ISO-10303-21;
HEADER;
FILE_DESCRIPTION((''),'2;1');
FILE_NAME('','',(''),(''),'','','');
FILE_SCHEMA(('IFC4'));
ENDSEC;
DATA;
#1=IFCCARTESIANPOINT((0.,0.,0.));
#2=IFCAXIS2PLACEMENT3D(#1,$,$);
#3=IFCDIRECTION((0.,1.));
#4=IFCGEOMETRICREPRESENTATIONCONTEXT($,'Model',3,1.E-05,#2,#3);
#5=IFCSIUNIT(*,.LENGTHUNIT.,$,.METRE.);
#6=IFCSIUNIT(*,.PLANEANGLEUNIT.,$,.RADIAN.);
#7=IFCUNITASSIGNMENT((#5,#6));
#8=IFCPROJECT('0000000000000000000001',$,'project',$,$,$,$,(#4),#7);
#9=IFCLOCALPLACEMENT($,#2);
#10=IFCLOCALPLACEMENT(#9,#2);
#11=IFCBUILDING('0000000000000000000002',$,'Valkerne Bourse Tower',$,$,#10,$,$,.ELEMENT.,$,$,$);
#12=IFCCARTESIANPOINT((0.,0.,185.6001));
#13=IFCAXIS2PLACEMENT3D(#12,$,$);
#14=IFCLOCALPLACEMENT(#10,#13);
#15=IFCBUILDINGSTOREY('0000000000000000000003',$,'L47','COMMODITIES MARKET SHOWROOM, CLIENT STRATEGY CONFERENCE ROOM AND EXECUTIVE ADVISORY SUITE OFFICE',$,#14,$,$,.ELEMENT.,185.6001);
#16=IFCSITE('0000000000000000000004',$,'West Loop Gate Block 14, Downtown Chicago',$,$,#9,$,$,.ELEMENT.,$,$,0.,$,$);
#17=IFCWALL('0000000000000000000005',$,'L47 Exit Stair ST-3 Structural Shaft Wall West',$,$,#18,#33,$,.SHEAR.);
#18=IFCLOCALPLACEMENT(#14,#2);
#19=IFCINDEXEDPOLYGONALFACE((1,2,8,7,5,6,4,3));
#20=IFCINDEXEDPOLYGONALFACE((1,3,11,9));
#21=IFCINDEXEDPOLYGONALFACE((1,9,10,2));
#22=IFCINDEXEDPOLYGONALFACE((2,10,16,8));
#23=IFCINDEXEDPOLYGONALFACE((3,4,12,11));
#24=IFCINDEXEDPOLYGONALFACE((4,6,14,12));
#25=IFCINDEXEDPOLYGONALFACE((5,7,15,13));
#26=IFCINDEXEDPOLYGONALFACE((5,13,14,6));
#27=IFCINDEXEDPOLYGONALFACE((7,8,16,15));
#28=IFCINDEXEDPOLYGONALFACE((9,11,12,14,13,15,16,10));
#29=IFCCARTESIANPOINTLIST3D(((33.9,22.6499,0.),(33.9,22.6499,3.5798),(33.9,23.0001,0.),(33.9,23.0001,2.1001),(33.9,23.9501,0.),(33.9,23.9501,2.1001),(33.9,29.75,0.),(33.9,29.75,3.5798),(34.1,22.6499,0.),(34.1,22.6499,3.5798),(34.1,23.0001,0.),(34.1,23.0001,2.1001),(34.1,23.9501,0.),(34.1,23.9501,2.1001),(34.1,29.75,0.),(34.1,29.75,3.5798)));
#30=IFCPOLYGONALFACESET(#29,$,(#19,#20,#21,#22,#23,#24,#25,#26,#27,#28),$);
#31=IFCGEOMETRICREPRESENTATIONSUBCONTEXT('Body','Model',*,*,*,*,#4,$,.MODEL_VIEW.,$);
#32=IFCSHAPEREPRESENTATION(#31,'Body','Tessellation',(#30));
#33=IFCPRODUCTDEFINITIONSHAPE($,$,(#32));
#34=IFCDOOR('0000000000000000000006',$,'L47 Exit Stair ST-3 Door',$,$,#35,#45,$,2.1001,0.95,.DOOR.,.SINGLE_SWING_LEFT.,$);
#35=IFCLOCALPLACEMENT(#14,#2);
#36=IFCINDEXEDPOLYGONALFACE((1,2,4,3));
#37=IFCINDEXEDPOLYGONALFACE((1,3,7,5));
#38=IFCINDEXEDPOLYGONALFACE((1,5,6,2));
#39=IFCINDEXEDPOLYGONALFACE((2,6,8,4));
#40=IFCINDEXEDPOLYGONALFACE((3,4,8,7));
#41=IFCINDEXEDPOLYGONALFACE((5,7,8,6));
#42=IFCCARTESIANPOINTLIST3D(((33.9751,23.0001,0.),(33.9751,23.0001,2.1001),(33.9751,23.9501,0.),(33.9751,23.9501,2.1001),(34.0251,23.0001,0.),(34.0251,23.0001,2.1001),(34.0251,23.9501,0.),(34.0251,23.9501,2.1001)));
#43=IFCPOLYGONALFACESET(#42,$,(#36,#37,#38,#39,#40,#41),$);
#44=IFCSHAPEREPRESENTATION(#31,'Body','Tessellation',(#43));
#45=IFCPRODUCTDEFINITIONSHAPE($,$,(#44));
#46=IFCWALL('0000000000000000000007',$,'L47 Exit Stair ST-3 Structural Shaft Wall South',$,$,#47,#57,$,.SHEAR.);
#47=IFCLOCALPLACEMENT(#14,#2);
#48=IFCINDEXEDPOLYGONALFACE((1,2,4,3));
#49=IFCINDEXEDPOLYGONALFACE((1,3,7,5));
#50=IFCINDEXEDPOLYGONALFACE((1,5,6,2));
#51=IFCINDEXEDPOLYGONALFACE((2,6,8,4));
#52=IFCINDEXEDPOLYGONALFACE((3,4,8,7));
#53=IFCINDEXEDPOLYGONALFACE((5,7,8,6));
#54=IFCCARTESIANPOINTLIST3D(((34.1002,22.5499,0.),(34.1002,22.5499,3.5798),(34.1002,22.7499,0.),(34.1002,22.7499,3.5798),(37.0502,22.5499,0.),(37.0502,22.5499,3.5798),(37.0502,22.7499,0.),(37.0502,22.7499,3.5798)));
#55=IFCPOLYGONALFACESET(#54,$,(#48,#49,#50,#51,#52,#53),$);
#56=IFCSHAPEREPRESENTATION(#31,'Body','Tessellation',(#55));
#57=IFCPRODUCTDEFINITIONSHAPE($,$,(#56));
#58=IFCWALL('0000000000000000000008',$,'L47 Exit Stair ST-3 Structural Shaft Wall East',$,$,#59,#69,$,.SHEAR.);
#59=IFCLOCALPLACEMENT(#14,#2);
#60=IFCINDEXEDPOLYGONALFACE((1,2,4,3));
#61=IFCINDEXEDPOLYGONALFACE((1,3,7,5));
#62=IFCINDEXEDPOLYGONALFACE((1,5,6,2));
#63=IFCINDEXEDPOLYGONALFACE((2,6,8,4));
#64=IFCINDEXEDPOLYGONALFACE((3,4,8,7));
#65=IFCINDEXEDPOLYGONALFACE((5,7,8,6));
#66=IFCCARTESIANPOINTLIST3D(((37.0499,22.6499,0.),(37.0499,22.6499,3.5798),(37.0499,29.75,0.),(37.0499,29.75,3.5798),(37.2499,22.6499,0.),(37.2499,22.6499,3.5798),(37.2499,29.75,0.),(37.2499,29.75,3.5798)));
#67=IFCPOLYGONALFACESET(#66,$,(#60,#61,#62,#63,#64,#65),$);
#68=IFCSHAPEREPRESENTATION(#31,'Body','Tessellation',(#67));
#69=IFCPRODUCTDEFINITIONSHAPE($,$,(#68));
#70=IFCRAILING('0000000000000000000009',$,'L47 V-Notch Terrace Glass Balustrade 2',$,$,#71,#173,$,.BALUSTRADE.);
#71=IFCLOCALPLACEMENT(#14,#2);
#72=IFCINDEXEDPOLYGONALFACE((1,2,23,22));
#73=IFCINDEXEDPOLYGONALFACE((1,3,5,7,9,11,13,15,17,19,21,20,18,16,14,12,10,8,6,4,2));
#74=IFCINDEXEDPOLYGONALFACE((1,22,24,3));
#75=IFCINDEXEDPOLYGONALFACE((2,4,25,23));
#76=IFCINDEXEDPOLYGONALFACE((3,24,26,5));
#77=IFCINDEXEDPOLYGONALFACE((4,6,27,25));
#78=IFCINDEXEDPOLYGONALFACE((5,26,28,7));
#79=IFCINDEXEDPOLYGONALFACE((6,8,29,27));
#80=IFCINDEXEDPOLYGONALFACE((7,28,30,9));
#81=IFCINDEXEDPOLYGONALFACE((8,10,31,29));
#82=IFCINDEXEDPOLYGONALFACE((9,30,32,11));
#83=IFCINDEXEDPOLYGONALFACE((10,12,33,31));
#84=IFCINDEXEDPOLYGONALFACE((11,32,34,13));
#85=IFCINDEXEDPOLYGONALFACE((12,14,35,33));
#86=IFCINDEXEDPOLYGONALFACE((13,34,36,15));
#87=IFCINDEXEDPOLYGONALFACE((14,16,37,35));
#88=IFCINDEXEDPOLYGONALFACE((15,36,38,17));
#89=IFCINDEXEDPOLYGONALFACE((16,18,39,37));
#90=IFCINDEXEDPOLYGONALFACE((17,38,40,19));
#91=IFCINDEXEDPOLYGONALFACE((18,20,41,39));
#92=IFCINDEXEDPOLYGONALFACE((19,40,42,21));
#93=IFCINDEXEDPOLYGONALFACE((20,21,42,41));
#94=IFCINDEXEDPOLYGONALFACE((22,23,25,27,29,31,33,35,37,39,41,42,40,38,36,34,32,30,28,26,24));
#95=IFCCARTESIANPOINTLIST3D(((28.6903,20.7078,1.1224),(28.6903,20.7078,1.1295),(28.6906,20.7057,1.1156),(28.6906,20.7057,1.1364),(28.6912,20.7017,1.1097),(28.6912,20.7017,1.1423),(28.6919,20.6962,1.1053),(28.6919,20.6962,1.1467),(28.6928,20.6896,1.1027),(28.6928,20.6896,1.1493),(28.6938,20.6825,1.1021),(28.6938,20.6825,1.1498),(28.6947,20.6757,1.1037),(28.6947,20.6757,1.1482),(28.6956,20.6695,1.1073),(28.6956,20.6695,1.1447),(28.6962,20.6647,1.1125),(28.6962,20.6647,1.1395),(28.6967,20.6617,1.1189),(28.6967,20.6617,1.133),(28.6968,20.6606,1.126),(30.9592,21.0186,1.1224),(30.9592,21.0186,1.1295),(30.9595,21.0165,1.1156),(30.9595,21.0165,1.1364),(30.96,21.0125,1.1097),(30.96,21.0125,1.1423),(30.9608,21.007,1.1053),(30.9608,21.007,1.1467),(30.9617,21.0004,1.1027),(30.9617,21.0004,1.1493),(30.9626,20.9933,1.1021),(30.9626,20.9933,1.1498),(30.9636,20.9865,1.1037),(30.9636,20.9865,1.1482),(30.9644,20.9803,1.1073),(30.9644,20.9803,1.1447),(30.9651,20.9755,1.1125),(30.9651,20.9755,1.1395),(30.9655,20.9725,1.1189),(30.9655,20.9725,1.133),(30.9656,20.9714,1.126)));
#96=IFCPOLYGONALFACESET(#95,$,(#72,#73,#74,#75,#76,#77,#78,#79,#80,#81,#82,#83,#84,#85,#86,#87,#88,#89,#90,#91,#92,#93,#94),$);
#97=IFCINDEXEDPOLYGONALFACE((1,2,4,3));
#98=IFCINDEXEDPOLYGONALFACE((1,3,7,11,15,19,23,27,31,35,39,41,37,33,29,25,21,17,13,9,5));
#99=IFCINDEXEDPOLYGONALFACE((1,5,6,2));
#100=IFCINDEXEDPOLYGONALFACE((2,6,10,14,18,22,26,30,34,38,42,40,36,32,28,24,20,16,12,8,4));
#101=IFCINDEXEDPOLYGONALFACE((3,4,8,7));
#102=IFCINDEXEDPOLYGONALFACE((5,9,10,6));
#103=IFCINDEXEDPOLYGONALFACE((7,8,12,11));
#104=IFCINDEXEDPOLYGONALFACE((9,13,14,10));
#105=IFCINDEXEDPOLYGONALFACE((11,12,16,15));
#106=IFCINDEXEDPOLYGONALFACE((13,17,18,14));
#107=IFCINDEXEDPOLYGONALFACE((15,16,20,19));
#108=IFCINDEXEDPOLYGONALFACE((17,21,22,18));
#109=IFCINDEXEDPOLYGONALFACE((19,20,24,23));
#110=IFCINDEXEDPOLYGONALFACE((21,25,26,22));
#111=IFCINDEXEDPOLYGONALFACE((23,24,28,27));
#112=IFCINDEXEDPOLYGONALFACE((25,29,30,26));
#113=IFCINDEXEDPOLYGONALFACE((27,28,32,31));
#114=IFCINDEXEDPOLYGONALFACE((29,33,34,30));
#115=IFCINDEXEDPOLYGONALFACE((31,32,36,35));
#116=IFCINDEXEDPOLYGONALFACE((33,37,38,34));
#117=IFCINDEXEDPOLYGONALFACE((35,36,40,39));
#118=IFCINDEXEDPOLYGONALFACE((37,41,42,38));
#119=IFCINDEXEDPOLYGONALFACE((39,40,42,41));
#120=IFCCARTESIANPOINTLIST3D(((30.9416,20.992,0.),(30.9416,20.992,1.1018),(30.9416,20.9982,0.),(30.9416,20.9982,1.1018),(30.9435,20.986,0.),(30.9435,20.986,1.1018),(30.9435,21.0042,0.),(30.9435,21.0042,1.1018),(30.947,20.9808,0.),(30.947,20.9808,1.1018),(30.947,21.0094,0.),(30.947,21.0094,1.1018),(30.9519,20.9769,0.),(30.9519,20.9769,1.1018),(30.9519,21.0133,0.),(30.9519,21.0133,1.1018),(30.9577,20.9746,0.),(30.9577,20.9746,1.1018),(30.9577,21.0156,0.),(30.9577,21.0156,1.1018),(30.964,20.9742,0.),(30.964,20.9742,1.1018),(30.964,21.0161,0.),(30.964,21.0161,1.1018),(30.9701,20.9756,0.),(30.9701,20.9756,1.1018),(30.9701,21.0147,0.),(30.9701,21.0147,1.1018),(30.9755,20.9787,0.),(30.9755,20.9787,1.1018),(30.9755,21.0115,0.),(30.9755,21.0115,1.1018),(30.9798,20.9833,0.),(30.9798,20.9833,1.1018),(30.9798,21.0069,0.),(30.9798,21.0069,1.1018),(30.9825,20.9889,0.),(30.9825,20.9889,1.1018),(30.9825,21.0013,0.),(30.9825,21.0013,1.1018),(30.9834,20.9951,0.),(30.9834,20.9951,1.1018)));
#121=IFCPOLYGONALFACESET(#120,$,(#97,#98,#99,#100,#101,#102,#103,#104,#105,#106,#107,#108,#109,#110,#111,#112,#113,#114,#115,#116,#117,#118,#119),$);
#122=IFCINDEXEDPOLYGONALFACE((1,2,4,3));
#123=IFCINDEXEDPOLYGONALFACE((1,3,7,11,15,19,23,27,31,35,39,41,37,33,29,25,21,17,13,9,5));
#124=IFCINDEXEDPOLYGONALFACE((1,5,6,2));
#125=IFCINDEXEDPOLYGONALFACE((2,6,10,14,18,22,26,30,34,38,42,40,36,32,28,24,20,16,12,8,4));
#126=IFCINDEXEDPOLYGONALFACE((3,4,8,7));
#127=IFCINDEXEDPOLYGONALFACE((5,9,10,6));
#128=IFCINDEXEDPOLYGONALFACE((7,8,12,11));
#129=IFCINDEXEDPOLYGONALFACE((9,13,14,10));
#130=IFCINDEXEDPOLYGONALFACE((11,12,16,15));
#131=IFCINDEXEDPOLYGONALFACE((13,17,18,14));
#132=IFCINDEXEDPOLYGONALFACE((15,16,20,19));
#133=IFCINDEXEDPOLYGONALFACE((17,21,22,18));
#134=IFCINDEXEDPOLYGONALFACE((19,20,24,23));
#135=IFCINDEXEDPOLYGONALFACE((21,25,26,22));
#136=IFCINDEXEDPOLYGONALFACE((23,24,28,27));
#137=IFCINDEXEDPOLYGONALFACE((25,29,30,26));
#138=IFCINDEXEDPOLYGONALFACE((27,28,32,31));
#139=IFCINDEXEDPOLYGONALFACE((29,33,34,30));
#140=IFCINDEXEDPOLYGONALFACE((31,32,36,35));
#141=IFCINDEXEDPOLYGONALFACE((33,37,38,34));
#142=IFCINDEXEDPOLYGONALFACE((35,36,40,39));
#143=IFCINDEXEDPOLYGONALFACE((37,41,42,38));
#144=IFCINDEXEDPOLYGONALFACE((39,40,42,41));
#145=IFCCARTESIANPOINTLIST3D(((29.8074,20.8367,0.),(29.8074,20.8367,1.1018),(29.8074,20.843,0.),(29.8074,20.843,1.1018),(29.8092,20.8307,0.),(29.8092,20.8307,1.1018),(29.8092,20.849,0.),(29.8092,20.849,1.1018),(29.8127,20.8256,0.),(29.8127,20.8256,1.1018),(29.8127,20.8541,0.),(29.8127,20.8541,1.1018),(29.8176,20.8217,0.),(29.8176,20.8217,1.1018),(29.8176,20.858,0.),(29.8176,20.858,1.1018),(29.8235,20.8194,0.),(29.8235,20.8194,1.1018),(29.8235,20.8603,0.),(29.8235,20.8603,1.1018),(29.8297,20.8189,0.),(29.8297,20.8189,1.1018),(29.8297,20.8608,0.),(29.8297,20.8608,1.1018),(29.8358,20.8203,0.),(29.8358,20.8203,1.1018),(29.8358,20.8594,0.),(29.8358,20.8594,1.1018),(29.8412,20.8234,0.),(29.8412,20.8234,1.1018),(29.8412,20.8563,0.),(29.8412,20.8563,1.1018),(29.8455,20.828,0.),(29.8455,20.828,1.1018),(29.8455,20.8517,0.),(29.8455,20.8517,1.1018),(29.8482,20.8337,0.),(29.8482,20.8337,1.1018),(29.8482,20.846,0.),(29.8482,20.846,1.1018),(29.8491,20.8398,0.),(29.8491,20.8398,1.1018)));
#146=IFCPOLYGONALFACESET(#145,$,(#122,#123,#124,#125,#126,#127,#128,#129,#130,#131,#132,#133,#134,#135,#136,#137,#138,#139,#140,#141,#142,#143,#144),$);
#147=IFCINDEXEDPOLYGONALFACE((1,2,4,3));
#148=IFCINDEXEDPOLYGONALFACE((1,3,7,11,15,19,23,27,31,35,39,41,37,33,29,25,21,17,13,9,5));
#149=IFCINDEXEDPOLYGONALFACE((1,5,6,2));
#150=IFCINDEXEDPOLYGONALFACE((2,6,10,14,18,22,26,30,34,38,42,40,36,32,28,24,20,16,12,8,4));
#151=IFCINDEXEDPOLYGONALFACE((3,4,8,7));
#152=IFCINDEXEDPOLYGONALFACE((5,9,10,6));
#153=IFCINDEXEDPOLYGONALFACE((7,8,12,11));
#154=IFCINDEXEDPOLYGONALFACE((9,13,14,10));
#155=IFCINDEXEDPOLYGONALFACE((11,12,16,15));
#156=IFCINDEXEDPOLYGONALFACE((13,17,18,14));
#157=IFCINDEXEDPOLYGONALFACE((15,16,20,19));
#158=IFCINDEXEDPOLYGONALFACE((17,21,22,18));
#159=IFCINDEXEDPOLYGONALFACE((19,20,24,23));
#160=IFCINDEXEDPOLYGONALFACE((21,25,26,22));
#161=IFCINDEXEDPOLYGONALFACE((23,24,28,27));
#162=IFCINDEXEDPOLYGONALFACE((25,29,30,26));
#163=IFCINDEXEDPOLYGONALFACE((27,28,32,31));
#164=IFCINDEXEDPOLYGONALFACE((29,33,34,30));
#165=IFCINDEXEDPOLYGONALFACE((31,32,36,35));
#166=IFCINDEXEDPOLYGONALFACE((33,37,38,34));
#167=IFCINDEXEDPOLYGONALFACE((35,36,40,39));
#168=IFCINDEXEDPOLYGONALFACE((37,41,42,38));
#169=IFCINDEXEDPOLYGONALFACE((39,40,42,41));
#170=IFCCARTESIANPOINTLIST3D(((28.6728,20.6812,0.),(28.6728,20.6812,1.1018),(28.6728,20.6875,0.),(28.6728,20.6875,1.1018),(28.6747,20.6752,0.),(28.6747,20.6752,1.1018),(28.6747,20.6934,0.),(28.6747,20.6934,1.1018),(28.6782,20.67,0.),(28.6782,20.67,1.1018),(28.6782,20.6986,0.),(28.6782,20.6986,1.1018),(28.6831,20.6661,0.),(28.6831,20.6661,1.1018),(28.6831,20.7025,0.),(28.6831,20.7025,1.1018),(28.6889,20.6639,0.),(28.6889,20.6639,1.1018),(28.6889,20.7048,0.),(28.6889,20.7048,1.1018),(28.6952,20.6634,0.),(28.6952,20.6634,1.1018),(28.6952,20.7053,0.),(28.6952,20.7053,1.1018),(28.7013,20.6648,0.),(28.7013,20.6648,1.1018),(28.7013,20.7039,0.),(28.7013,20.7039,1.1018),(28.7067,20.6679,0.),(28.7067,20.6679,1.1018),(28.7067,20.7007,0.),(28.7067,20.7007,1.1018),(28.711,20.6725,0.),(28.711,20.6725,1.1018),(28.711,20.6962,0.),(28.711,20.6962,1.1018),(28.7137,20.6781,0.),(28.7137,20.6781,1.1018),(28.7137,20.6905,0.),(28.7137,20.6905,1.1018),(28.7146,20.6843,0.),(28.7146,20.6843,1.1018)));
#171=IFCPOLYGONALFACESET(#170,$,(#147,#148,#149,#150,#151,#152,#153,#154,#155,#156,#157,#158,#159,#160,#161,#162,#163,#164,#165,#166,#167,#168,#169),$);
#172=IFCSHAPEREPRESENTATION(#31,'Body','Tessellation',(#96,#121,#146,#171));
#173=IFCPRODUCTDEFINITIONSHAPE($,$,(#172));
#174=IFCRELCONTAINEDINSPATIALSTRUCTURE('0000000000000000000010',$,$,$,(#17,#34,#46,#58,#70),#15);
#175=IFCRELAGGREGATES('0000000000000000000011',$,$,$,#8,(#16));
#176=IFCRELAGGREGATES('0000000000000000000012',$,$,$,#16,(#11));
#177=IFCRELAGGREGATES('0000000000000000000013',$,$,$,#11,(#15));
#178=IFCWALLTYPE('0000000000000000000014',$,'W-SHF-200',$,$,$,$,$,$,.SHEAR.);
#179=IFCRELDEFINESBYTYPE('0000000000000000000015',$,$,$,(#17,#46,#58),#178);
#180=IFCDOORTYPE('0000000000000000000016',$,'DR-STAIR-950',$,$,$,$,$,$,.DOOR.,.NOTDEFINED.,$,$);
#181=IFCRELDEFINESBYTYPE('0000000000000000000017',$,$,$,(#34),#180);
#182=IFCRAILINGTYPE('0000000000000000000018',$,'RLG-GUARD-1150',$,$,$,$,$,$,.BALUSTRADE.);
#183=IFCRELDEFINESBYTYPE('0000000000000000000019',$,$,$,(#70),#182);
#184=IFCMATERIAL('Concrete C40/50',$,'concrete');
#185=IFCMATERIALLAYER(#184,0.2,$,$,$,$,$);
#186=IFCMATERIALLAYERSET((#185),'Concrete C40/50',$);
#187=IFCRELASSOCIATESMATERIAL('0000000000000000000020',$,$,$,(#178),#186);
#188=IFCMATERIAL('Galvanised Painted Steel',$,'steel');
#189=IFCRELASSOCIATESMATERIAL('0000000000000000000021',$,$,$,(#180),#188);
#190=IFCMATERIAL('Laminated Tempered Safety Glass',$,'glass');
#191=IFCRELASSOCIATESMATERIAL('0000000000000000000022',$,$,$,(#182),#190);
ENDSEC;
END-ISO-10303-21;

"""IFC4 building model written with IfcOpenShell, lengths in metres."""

from ifc_helpers import new_model, si_unit, direction, frame, frame_2d, origin, origin_2d, place, context, subcontext, project, spatial, rectangle, circle, extrude, material, layer, layer_set, type_object, element, fill, save


model = new_model("IFC4")

# Units and contexts
model_context = context("Model", 3, precision=1e-05, world=origin(), true_north=direction((0.0, 1.0)))
body_context = subcontext(model_context, "Body", "Model", "MODEL_VIEW")
ifc_project = project(units=[si_unit("LENGTHUNIT", "METRE"), si_unit("PLANEANGLEUNIT", "RADIAN")], contexts=[model_context])

# Site, building, storey
site_placement = place(None, origin())
site = spatial("IfcSite", under=ifc_project, at=site_placement, Name="West Loop Gate Block 14, Downtown Chicago", CompositionType="ELEMENT", RefElevation=0.0)
building_placement = place(site_placement, origin())
building = spatial("IfcBuilding", under=site, at=building_placement, Name="Valkerne Bourse Tower", CompositionType="ELEMENT")
storey_placement = place(building_placement, frame((0.0, 0.0, 185.6001)))
storey = spatial("IfcBuildingStorey", under=building, at=storey_placement, Name="L47", Description="COMMODITIES MARKET SHOWROOM, CLIENT STRATEGY CONFERENCE ROOM AND EXECUTIVE ADVISORY SUITE OFFICE", CompositionType="ELEMENT", Elevation=185.6001)

# Shared definitions
ifc_material_1 = material(Name="Galvanised Painted Steel", Category="steel")

# Wall, opening, door
ifc_material_2 = material(Name="Concrete C40/50", Category="concrete")
ifc_layer_1 = layer(ifc_material_2, 0.2)
ifc_layer_set_1 = layer_set([ifc_layer_1], Name="Concrete C40/50")
wall_type_1 = type_object("IfcWallType", Name="W-SHF-200", PredefinedType="SHEAR", material=ifc_layer_set_1)
wall_1_placement = place(storey_placement, frame((34.0, 22.6499, 0.0), z_axis=(0.0, 0.0, 1.0), x_axis=(0.0, 1.0, 0.0)))
wall_1 = element("IfcWall", 1, at=wall_1_placement, inside=storey, type_object=wall_type_1, Name="L47 Exit Stair ST-3 Structural Shaft Wall West", PredefinedType="SHEAR", context=body_context, shape_type="SweptSolid", body=[
    extrude(rectangle(XDim=7.1001, YDim=0.2, at=frame_2d((3.55, 0.0))), origin(), (0.0, 0.0, 1.0), 3.5798),
])
opening_1_placement = place(wall_1_placement, frame((0.3501, 0.0, 0.0)))
opening_1 = element("IfcOpeningElement", 2, at=opening_1_placement, cuts=wall_1, PredefinedType="OPENING", context=body_context, shape_type="SweptSolid", body=[
    extrude(rectangle(XDim=0.95, YDim=2.1001, at=frame_2d((0.4751, 1.05))), frame((0.0, 0.1099, 0.0), z_axis=(0.0, -1.0, 0.0), x_axis=(1.0, 0.0, 0.0)), (0.0, 0.0, 1.0), 0.22),
])
door_type_1 = type_object("IfcDoorType", Name="DR-STAIR-950", OperationType="NOTDEFINED", PredefinedType="DOOR", material=ifc_material_1)
door_1_placement = place(opening_1_placement, origin())
door_1 = element("IfcDoor", 3, at=door_1_placement, inside=storey, type_object=door_type_1, Name="L47 Exit Stair ST-3 Door", OperationType="SINGLE_SWING_LEFT", OverallHeight=2.1001, OverallWidth=0.95, PredefinedType="DOOR", context=body_context, shape_type="SweptSolid", body=[
    extrude(rectangle(XDim=0.95, YDim=2.1001, at=frame_2d((0.4751, 1.05))), frame((0.0, 0.0249, 0.0), z_axis=(0.0, -1.0, 0.0), x_axis=(1.0, 0.0, 0.0)), (0.0, 0.0, 1.0), 0.05),
])
fill(opening_1, door_1)

# Walls
wall_2_placement = place(storey_placement, frame((34.1001, 22.6499, 0.0), z_axis=(0.0, 0.0, 1.0), x_axis=(1.0, 0.0, 0.0)))
element("IfcWall", 4, at=wall_2_placement, inside=storey, type_object=wall_type_1, Name="L47 Exit Stair ST-3 Structural Shaft Wall South", PredefinedType="SHEAR", context=body_context, shape_type="SweptSolid", body=[
    extrude(rectangle(XDim=2.95, YDim=0.2, at=frame_2d((1.4751, 0.0))), origin(), (0.0, 0.0, 1.0), 3.5798),
])
wall_3_placement = place(storey_placement, frame((37.1499, 22.6499, 0.0), z_axis=(0.0, 0.0, 1.0), x_axis=(0.0, 1.0, 0.0)))
element("IfcWall", 5, at=wall_3_placement, inside=storey, type_object=wall_type_1, Name="L47 Exit Stair ST-3 Structural Shaft Wall East", PredefinedType="SHEAR", context=body_context, shape_type="SweptSolid", body=[
    extrude(rectangle(XDim=7.1001, YDim=0.2, at=frame_2d((3.55, 0.0))), origin(), (0.0, 0.0, 1.0), 3.5798),
])

# Railing
ifc_material_3 = material(Name="Laminated Tempered Safety Glass", Category="glass")
railing_type_1 = type_object("IfcRailingType", Name="RLG-GUARD-1150", PredefinedType="BALUSTRADE", material=ifc_material_3)
railing_1_placement = place(storey_placement, frame((30.9624, 20.9951, 0.0)))
element("IfcRailing", 6, at=railing_1_placement, inside=storey, type_object=railing_type_1, Name="L47 V-Notch Terrace Glass Balustrade 2", PredefinedType="BALUSTRADE", context=body_context, shape_type="SweptSolid", body=[
    extrude(circle(Radius=0.0239, at=origin_2d()), frame((0.0, 0.0, 1.126), z_axis=(-0.990748, -0.135717, 0.0), x_axis=(0.135717, -0.990748, 0.0)), (0.0, 0.0, 1.0), 2.29),
    extrude(circle(Radius=0.021, at=origin_2d()), origin(), (0.0, 0.0, 1.0), 1.1018),
    extrude(circle(Radius=0.021, at=origin_2d()), frame((-1.1343, -0.1553, 0.0)), (0.0, 0.0, 1.0), 1.1018),
    extrude(circle(Radius=0.021, at=origin_2d()), frame((-2.2688, -0.3108, 0.0)), (0.0, 0.0, 1.0), 1.1018),
])

save(model, "model.ifc")
